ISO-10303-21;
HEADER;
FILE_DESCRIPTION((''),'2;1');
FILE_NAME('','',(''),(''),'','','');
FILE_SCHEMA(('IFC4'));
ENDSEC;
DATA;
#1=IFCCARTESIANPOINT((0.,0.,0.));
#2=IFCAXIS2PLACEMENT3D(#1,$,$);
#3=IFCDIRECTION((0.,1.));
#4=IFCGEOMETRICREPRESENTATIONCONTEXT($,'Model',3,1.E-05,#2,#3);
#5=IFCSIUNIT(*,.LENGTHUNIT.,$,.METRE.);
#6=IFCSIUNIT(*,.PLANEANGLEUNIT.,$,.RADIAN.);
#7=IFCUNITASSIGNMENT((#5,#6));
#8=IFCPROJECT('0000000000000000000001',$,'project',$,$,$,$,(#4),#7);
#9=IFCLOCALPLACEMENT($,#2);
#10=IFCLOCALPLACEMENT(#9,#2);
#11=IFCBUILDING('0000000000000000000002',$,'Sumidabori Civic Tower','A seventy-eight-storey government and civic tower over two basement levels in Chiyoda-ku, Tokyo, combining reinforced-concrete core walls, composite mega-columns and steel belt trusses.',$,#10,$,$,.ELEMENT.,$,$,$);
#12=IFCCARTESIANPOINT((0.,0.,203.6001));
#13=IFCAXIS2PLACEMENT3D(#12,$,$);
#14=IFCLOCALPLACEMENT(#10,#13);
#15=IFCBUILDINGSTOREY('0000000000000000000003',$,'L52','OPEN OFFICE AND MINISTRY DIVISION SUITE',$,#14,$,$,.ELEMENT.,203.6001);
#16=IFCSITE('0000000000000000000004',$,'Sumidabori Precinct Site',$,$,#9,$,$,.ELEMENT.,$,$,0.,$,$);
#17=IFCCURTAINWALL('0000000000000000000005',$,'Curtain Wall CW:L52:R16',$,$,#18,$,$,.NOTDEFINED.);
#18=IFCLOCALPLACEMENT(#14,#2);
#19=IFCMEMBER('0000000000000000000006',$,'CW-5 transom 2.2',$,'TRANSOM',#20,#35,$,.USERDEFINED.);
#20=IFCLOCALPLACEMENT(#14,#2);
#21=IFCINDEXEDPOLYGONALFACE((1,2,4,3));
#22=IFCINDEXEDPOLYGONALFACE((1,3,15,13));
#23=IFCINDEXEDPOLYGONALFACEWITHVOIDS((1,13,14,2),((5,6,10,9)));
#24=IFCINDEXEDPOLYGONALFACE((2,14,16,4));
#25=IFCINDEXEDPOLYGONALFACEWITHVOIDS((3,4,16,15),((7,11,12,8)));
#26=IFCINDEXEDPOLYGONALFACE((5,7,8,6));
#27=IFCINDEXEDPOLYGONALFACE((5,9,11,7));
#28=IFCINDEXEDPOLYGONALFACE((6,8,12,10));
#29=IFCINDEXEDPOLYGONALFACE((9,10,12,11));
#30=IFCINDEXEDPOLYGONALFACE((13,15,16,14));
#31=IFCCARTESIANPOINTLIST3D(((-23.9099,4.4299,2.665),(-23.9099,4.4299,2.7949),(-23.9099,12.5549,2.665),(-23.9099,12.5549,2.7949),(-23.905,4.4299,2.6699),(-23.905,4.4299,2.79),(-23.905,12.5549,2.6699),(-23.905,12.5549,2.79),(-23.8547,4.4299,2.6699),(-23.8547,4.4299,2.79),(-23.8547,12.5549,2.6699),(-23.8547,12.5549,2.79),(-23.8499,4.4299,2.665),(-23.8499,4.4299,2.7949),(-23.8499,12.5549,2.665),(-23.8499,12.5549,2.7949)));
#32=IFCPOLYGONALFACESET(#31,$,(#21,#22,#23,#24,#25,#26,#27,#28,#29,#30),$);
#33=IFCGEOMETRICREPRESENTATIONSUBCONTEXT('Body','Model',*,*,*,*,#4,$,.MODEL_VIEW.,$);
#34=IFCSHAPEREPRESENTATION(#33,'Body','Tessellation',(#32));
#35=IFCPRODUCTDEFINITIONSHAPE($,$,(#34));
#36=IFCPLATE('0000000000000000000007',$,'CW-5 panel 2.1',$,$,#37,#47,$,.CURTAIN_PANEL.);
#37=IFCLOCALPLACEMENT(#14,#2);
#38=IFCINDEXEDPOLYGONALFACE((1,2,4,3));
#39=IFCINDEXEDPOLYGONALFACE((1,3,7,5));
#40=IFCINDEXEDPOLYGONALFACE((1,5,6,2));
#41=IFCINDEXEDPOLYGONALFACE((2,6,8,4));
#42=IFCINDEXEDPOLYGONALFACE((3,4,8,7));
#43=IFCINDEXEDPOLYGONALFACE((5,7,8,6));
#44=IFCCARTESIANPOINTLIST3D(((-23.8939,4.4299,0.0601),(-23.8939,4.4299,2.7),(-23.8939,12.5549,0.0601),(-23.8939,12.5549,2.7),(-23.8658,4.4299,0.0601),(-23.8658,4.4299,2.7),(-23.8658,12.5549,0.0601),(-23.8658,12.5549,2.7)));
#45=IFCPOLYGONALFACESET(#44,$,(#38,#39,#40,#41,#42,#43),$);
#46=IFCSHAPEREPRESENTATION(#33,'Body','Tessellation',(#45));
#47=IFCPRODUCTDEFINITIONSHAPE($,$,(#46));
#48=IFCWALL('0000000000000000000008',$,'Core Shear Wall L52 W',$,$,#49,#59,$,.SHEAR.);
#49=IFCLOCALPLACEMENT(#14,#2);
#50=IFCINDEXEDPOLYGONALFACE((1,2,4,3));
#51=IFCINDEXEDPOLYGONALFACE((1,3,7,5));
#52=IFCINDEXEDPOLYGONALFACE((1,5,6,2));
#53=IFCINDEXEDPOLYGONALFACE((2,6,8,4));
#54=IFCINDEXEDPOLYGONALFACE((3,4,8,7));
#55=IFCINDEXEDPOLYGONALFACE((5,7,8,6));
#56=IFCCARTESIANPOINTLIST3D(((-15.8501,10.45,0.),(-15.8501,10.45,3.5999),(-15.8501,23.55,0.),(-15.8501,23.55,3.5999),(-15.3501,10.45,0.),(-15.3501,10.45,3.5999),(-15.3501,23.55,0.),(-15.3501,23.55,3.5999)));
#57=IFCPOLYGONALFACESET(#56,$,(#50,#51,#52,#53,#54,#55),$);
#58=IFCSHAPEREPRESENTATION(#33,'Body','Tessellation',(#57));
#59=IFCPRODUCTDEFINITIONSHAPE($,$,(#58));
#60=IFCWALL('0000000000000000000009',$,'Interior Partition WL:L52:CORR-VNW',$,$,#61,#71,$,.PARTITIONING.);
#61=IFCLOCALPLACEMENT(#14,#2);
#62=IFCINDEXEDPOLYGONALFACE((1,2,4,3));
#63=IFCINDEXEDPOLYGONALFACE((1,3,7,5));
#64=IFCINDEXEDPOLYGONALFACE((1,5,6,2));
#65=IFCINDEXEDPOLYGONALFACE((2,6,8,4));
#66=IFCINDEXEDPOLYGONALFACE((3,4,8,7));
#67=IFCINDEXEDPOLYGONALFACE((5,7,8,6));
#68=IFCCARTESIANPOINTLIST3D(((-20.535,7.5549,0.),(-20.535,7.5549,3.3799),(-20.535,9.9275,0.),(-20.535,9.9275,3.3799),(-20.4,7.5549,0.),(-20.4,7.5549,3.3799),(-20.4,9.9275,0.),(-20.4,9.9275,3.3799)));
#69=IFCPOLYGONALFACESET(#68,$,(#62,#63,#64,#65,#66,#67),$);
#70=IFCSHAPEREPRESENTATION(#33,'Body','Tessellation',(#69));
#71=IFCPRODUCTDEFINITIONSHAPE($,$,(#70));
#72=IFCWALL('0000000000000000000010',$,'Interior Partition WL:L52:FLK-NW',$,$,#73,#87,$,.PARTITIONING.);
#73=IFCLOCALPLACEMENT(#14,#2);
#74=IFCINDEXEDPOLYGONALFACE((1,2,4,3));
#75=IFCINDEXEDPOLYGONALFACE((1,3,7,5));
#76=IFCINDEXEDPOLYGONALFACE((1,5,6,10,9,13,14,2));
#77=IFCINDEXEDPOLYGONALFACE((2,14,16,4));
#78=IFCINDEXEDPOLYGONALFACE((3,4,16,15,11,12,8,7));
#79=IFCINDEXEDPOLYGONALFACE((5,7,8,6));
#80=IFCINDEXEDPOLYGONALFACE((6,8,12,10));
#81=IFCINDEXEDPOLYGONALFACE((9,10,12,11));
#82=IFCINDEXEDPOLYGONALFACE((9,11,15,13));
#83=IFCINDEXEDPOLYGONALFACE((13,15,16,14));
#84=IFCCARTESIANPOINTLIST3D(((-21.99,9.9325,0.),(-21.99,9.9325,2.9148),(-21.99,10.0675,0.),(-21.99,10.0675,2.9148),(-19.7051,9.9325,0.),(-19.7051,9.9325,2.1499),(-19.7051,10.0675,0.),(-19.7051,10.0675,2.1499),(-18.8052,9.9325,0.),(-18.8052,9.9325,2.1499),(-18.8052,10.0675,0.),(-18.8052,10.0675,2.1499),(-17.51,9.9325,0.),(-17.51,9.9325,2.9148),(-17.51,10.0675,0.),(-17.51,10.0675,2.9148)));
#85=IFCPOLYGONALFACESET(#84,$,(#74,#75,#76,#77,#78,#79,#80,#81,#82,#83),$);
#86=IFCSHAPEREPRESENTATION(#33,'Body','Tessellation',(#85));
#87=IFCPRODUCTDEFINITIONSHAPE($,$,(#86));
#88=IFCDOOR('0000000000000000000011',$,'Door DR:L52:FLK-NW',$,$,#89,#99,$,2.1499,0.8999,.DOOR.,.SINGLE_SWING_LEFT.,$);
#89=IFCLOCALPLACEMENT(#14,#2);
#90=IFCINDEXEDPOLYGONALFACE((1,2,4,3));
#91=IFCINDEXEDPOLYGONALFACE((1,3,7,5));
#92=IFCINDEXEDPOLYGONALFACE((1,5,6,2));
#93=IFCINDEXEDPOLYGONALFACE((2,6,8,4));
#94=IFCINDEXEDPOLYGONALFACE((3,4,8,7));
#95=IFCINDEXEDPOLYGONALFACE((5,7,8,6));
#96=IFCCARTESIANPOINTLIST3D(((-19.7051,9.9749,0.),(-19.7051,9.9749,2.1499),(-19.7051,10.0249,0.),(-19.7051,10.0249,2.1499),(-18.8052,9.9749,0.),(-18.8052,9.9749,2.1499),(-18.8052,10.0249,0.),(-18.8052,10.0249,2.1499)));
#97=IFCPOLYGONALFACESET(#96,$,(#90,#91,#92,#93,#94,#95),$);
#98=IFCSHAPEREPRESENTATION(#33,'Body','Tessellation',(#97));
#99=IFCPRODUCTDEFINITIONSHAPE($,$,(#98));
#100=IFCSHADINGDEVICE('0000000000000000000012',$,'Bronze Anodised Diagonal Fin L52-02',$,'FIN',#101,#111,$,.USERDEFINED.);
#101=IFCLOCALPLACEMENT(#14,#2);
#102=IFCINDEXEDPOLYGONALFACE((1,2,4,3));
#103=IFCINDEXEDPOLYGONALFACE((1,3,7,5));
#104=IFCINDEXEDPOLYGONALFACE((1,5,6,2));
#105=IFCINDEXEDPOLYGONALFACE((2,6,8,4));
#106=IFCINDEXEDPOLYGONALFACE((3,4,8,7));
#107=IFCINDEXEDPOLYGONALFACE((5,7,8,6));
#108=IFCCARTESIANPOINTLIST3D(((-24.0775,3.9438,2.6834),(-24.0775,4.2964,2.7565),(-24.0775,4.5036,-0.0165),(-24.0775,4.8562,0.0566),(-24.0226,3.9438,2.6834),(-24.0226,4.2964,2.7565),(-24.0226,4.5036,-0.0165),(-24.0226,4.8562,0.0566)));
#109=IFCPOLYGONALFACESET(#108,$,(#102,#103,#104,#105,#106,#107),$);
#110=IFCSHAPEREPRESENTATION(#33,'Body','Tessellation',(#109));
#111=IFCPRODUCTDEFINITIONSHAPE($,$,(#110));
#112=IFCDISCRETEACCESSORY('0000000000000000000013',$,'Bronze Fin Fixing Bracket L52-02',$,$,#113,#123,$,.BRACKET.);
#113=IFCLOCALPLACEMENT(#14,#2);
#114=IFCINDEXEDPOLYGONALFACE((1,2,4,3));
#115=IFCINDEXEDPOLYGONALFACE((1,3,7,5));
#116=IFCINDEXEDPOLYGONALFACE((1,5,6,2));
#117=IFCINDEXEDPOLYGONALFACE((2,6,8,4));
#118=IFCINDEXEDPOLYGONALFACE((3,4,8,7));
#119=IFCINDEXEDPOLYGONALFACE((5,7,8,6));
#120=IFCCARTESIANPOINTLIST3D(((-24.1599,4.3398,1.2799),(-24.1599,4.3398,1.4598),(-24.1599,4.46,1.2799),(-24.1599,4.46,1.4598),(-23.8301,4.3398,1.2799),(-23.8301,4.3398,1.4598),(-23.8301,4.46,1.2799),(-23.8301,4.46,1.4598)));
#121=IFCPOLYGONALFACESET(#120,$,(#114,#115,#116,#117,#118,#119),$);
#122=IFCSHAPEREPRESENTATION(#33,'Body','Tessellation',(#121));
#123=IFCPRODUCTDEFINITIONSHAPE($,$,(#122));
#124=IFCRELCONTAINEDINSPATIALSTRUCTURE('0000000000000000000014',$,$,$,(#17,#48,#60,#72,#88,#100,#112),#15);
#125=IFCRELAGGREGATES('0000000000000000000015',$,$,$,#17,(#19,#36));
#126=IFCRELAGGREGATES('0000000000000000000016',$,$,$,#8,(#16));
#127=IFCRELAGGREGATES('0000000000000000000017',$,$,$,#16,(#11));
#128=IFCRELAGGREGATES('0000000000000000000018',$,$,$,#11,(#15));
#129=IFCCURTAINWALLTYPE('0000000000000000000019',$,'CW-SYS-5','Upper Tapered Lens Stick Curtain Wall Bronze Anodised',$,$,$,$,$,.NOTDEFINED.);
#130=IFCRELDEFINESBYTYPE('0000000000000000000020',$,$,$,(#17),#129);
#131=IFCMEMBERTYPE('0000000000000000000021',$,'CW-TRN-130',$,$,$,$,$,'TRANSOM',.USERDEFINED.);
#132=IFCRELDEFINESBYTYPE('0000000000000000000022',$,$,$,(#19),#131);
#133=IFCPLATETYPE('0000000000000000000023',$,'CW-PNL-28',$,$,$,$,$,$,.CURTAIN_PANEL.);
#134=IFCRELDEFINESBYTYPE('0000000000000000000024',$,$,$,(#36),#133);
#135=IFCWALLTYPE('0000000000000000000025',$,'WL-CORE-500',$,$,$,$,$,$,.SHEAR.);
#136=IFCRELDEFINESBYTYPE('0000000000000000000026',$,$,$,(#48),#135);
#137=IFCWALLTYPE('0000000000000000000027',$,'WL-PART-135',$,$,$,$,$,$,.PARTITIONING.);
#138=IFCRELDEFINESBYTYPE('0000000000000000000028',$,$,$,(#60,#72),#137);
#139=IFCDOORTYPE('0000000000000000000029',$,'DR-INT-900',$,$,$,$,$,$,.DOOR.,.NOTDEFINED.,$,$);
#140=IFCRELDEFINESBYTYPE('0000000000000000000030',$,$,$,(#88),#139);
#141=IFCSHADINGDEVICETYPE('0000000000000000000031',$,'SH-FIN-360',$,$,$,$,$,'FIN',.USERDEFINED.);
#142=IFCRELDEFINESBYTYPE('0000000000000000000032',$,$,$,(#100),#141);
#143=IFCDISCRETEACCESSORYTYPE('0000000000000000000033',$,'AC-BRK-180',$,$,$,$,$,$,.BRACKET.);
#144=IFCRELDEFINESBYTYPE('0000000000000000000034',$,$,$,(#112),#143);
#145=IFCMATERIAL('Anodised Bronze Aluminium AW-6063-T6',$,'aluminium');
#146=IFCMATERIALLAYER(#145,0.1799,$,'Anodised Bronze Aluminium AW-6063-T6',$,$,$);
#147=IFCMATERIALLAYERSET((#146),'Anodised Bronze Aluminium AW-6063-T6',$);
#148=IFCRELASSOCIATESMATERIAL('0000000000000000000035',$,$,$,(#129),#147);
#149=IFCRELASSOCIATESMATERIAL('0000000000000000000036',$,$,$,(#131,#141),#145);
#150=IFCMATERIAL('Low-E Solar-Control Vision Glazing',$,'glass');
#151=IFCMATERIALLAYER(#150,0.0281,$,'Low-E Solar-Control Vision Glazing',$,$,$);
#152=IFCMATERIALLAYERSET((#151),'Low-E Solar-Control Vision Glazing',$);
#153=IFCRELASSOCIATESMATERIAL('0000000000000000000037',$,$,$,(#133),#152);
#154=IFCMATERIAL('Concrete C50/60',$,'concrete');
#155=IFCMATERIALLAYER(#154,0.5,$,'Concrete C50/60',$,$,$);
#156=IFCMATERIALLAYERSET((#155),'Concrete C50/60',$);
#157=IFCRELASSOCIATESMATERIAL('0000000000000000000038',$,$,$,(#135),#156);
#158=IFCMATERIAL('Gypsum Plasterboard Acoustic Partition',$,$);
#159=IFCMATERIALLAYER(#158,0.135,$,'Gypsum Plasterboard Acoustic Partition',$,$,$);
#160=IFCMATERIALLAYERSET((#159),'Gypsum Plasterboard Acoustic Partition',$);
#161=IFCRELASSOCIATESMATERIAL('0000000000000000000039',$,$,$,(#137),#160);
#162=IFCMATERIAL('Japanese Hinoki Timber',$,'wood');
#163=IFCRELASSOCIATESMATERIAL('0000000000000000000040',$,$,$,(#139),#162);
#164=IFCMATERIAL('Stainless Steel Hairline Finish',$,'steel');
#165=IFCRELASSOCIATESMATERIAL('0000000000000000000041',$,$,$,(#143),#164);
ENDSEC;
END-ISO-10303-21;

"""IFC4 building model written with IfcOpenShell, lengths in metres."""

from ifc_helpers import new_model, si_unit, direction, frame, frame_2d, origin, origin_2d, place, context, subcontext, project, spatial, rectangle, hollow_rectangle, extrude, source, transform, mapped, material, layer, layer_set, material_profile, profile_set, type_object, element, fill, aggregate, save


model = new_model("IFC4")

# Units and contexts
model_context = context("Model", 3, precision=1e-05, world=origin(), true_north=direction((0.0, 1.0)))
body_context = subcontext(model_context, "Body", "Model", "MODEL_VIEW")
ifc_project = project(units=[si_unit("LENGTHUNIT", "METRE"), si_unit("PLANEANGLEUNIT", "RADIAN")], contexts=[model_context])

# Site, building, storey
site_placement = place(None, origin())
site = spatial("IfcSite", under=ifc_project, at=site_placement, Name="Sumidabori Precinct Site", CompositionType="ELEMENT", RefElevation=0.0)
building_placement = place(site_placement, origin())
building = spatial("IfcBuilding", under=site, at=building_placement, Name="Sumidabori Civic Tower", Description="A seventy-eight-storey government and civic tower over two basement levels in Chiyoda-ku, Tokyo, combining reinforced-concrete core walls, composite mega-columns and steel belt trusses.", CompositionType="ELEMENT")
storey_placement = place(building_placement, frame((0.0, 0.0, 203.6001)))
storey = spatial("IfcBuildingStorey", under=building, at=storey_placement, Name="L52", Description="OPEN OFFICE AND MINISTRY DIVISION SUITE", CompositionType="ELEMENT", Elevation=203.6001)

# Curtain wall, member, plate
ifc_material_1 = material(Name="Anodised Bronze Aluminium AW-6063-T6", Category="aluminium")
ifc_layer_1 = layer(ifc_material_1, 0.1799, Name="Anodised Bronze Aluminium AW-6063-T6")
ifc_layer_set_1 = layer_set([ifc_layer_1], Name="Anodised Bronze Aluminium AW-6063-T6")
curtain_wall_type = type_object("IfcCurtainWallType", Name="CW-SYS-5", Description="Upper Tapered Lens Stick Curtain Wall Bronze Anodised", PredefinedType="NOTDEFINED", material=ifc_layer_set_1)
curtain_wall_placement = place(storey_placement, origin())
curtain_wall = element("IfcCurtainWall", 1, at=curtain_wall_placement, inside=storey, type_object=curtain_wall_type, Name="Curtain Wall CW:L52:R16", PredefinedType="NOTDEFINED")
ifc_material_profile_1 = material_profile(ifc_material_1, hollow_rectangle(XDim=0.0601, YDim=0.1299, WallThickness=0.0049, at=origin_2d()), Name="ALU TRANSOM 130x60")
ifc_profile_set_1 = profile_set([ifc_material_profile_1], Name="Anodised Bronze Aluminium AW-6063-T6")
member_type_1 = type_object("IfcMemberType", Name="CW-TRN-130", ElementType="TRANSOM", PredefinedType="USERDEFINED", material=ifc_profile_set_1)
shared_shape_1 = source(origin(), body_context, "Body", "SweptSolid", [
    extrude(hollow_rectangle(XDim=0.0601, YDim=0.1299, WallThickness=0.0049, at=origin_2d()), origin(), (0.0, 0.0, 1.0), 8.125),
])
member_1_placement = place(storey_placement, frame((-23.8799, 12.5549, 2.73), z_axis=(0.0, -1.0, 0.0), x_axis=(1.0, 0.0, 0.0)))
member_1 = element("IfcMember", 2, at=member_1_placement, type_object=member_type_1, Name="CW-5 transom 2.2", ObjectType="TRANSOM", PredefinedType="USERDEFINED", context=body_context, shape_type="MappedRepresentation", body=[
    mapped(shared_shape_1, transform((0.0, 0.0, 0.0), x_axis=(1.0, 0.0, 0.0), y_axis=(0.0, 1.0, 0.0), z_axis=(0.0, 0.0, 1.0), scale=1.0)),
])
ifc_material_2 = material(Name="Low-E Solar-Control Vision Glazing", Category="glass")
ifc_layer_2 = layer(ifc_material_2, 0.0281, Name="Low-E Solar-Control Vision Glazing")
ifc_layer_set_2 = layer_set([ifc_layer_2], Name="Low-E Solar-Control Vision Glazing")
plate_type = type_object("IfcPlateType", Name="CW-PNL-28", PredefinedType="CURTAIN_PANEL", material=ifc_layer_set_2)
shared_shape_2 = source(origin(), body_context, "Body", "SweptSolid", [
    extrude(rectangle(XDim=8.125, YDim=0.0281, at=origin_2d()), origin(), (0.0, 0.0, 1.0), 2.6399),
])
plate_placement = place(storey_placement, frame((-23.8799, 8.4924, 0.0601), z_axis=(0.0, 0.0, 1.0), x_axis=(0.0, -1.0, 0.0)))
plate = element("IfcPlate", 3, at=plate_placement, type_object=plate_type, Name="CW-5 panel 2.1", PredefinedType="CURTAIN_PANEL", context=body_context, shape_type="MappedRepresentation", body=[
    mapped(shared_shape_2, transform((0.0, 0.0, 0.0), x_axis=(1.0, 0.0, 0.0), y_axis=(0.0, 1.0, 0.0), z_axis=(0.0, 0.0, 1.0), scale=1.0)),
])
aggregate(curtain_wall, [member_1, plate])

# Shared definitions
ifc_material_3 = material(Name="Concrete C50/60", Category="concrete")
ifc_layer_3 = layer(ifc_material_3, 0.5, Name="Concrete C50/60")
ifc_layer_set_3 = layer_set([ifc_layer_3], Name="Concrete C50/60")
wall_type_1 = type_object("IfcWallType", Name="WL-CORE-500", PredefinedType="SHEAR", material=ifc_layer_set_3)

# Wall
shared_shape_3 = source(origin(), body_context, "Body", "SweptSolid", [
    extrude(rectangle(XDim=13.1001, YDim=0.5, at=frame_2d((6.55, 0.0))), origin(), (0.0, 0.0, 1.0), 3.5999),
])
wall_1_placement = place(storey_placement, frame((-15.6001, 10.45, 0.0), z_axis=(0.0, 0.0, 1.0), x_axis=(0.0, 1.0, 0.0)))
element("IfcWall", 4, at=wall_1_placement, inside=storey, type_object=wall_type_1, Name="Core Shear Wall L52 W", PredefinedType="SHEAR", context=body_context, shape_type="MappedRepresentation", body=[
    mapped(shared_shape_3, transform((0.0, 0.0, 0.0), x_axis=(1.0, 0.0, 0.0), y_axis=(0.0, 1.0, 0.0), z_axis=(0.0, 0.0, 1.0), scale=1.0)),
])

# Shared definitions
ifc_material_4 = material(Name="Gypsum Plasterboard Acoustic Partition")
ifc_layer_4 = layer(ifc_material_4, 0.135, Name="Gypsum Plasterboard Acoustic Partition")
ifc_layer_set_4 = layer_set([ifc_layer_4], Name="Gypsum Plasterboard Acoustic Partition")
wall_type_2 = type_object("IfcWallType", Name="WL-PART-135", PredefinedType="PARTITIONING", material=ifc_layer_set_4)
ifc_material_5 = material(Name="Japanese Hinoki Timber", Category="wood")
door_type_1 = type_object("IfcDoorType", Name="DR-INT-900", OperationType="NOTDEFINED", PredefinedType="DOOR", material=ifc_material_5)
shared_shape_4 = source(origin(), body_context, "Body", "SweptSolid", [
    extrude(rectangle(XDim=0.8999, YDim=2.1499, at=frame_2d((0.45, 1.075))), frame((0.0, 0.0249, 0.0), z_axis=(0.0, -1.0, 0.0), x_axis=(1.0, 0.0, 0.0)), (0.0, 0.0, 1.0), 0.05),
])

# Wall
shared_shape_5 = source(origin(), body_context, "Body", "SweptSolid", [
    extrude(rectangle(XDim=2.3726, YDim=0.135, at=frame_2d((1.1863, 0.0))), origin(), (0.0, 0.0, 1.0), 3.3799),
])
wall_2_placement = place(storey_placement, frame((-20.4675, 7.5549, 0.0), z_axis=(0.0, 0.0, 1.0), x_axis=(0.0, 1.0, 0.0)))
element("IfcWall", 5, at=wall_2_placement, inside=storey, type_object=wall_type_2, Name="Interior Partition WL:L52:CORR-VNW", PredefinedType="PARTITIONING", context=body_context, shape_type="MappedRepresentation", body=[
    mapped(shared_shape_5, transform((0.0, 0.0, 0.0), x_axis=(1.0, 0.0, 0.0), y_axis=(0.0, 1.0, 0.0), z_axis=(0.0, 0.0, 1.0), scale=1.0)),
])

# Wall, opening, door
shared_shape_6 = source(origin(), body_context, "Body", "SweptSolid", [
    extrude(rectangle(XDim=4.48, YDim=0.135, at=frame_2d((2.24, 0.0))), origin(), (0.0, 0.0, 1.0), 2.9148),
])
wall_3_placement = place(storey_placement, frame((-21.99, 10.0, 0.0), z_axis=(0.0, 0.0, 1.0), x_axis=(1.0, 0.0, 0.0)))
wall_3 = element("IfcWall", 6, at=wall_3_placement, inside=storey, type_object=wall_type_2, Name="Interior Partition WL:L52:FLK-NW", PredefinedType="PARTITIONING", context=body_context, shape_type="MappedRepresentation", body=[
    mapped(shared_shape_6, transform((0.0, 0.0, 0.0), x_axis=(1.0, 0.0, 0.0), y_axis=(0.0, 1.0, 0.0), z_axis=(0.0, 0.0, 1.0), scale=1.0)),
])
opening_1_placement = place(wall_3_placement, frame((2.2849, 0.0, 0.0)))
opening_1 = element("IfcOpeningElement", 7, at=opening_1_placement, cuts=wall_3, PredefinedType="OPENING", context=body_context, shape_type="SweptSolid", body=[
    extrude(rectangle(XDim=0.8999, YDim=2.1499, at=frame_2d((0.45, 1.075))), frame((0.0, 0.0796, 0.0), z_axis=(0.0, -1.0, 0.0), x_axis=(1.0, 0.0, 0.0)), (0.0, 0.0, 1.0), 0.1589),
])
door_1_placement = place(opening_1_placement, origin())
door_1 = element("IfcDoor", 8, at=door_1_placement, inside=storey, type_object=door_type_1, Name="Door DR:L52:FLK-NW", OperationType="SINGLE_SWING_LEFT", OverallHeight=2.1499, OverallWidth=0.8999, PredefinedType="DOOR", context=body_context, shape_type="MappedRepresentation", body=[
    mapped(shared_shape_4, transform((0.0, 0.0, 0.0), x_axis=(1.0, 0.0, 0.0), y_axis=(0.0, 1.0, 0.0), z_axis=(0.0, 0.0, 1.0), scale=1.0)),
])
fill(opening_1, door_1)

# Shading device
ifc_material_profile_2 = material_profile(ifc_material_1, rectangle(XDim=0.0549, YDim=0.3601, at=origin_2d()), Name="BRONZE FIN 360x55")
ifc_profile_set_2 = profile_set([ifc_material_profile_2], Name="Anodised Bronze Aluminium AW-6063-T6")
shading_device_type = type_object("IfcShadingDeviceType", Name="SH-FIN-360", ElementType="FIN", PredefinedType="USERDEFINED", material=ifc_profile_set_2)
shared_shape_7 = source(origin(), body_context, "Body", "SweptSolid", [
    extrude(rectangle(XDim=0.0549, YDim=0.3601, at=origin_2d()), origin(), (0.0, 0.0, 1.0), 2.7573),
])
shading_device_placement = place(storey_placement, frame((-24.05, 4.6799, 0.02), z_axis=(0.0, -0.203024, 0.979174), x_axis=(-1.0, 0.0, 0.0)))
element("IfcShadingDevice", 9, at=shading_device_placement, inside=storey, type_object=shading_device_type, Name="Bronze Anodised Diagonal Fin L52-02", ObjectType="FIN", PredefinedType="USERDEFINED", context=body_context, shape_type="MappedRepresentation", body=[
    mapped(shared_shape_7, transform((0.0, 0.0, 0.0), x_axis=(1.0, 0.0, 0.0), y_axis=(0.0, 1.0, 0.0), z_axis=(0.0, 0.0, 1.0), scale=1.0)),
])

# Discrete accessory
ifc_material_6 = material(Name="Stainless Steel Hairline Finish", Category="steel")
ifc_material_profile_3 = material_profile(ifc_material_6, rectangle(XDim=0.1201, YDim=0.1799, at=origin_2d()), Name="STEEL BRACKET 180x120")
ifc_profile_set_3 = profile_set([ifc_material_profile_3], Name="Stainless Steel Hairline Finish")
discrete_accessory_type = type_object("IfcDiscreteAccessoryType", Name="AC-BRK-180", PredefinedType="BRACKET", material=ifc_profile_set_3)
shared_shape_8 = source(origin(), body_context, "Body", "SweptSolid", [
    extrude(rectangle(XDim=0.1201, YDim=0.1799, at=origin_2d()), origin(), (0.0, 0.0, 1.0), 0.3298),
])
discrete_accessory_placement = place(storey_placement, frame((-23.8301, 4.3999, 1.3699), z_axis=(-1.0, 0.0, 0.0), x_axis=(0.0, -1.0, 0.0)))
element("IfcDiscreteAccessory", 10, at=discrete_accessory_placement, inside=storey, type_object=discrete_accessory_type, Name="Bronze Fin Fixing Bracket L52-02", PredefinedType="BRACKET", context=body_context, shape_type="MappedRepresentation", body=[
    mapped(shared_shape_8, transform((0.0, 0.0, 0.0), x_axis=(1.0, 0.0, 0.0), y_axis=(0.0, 1.0, 0.0), z_axis=(0.0, 0.0, 1.0), scale=1.0)),
])

save(model, "model.ifc")
